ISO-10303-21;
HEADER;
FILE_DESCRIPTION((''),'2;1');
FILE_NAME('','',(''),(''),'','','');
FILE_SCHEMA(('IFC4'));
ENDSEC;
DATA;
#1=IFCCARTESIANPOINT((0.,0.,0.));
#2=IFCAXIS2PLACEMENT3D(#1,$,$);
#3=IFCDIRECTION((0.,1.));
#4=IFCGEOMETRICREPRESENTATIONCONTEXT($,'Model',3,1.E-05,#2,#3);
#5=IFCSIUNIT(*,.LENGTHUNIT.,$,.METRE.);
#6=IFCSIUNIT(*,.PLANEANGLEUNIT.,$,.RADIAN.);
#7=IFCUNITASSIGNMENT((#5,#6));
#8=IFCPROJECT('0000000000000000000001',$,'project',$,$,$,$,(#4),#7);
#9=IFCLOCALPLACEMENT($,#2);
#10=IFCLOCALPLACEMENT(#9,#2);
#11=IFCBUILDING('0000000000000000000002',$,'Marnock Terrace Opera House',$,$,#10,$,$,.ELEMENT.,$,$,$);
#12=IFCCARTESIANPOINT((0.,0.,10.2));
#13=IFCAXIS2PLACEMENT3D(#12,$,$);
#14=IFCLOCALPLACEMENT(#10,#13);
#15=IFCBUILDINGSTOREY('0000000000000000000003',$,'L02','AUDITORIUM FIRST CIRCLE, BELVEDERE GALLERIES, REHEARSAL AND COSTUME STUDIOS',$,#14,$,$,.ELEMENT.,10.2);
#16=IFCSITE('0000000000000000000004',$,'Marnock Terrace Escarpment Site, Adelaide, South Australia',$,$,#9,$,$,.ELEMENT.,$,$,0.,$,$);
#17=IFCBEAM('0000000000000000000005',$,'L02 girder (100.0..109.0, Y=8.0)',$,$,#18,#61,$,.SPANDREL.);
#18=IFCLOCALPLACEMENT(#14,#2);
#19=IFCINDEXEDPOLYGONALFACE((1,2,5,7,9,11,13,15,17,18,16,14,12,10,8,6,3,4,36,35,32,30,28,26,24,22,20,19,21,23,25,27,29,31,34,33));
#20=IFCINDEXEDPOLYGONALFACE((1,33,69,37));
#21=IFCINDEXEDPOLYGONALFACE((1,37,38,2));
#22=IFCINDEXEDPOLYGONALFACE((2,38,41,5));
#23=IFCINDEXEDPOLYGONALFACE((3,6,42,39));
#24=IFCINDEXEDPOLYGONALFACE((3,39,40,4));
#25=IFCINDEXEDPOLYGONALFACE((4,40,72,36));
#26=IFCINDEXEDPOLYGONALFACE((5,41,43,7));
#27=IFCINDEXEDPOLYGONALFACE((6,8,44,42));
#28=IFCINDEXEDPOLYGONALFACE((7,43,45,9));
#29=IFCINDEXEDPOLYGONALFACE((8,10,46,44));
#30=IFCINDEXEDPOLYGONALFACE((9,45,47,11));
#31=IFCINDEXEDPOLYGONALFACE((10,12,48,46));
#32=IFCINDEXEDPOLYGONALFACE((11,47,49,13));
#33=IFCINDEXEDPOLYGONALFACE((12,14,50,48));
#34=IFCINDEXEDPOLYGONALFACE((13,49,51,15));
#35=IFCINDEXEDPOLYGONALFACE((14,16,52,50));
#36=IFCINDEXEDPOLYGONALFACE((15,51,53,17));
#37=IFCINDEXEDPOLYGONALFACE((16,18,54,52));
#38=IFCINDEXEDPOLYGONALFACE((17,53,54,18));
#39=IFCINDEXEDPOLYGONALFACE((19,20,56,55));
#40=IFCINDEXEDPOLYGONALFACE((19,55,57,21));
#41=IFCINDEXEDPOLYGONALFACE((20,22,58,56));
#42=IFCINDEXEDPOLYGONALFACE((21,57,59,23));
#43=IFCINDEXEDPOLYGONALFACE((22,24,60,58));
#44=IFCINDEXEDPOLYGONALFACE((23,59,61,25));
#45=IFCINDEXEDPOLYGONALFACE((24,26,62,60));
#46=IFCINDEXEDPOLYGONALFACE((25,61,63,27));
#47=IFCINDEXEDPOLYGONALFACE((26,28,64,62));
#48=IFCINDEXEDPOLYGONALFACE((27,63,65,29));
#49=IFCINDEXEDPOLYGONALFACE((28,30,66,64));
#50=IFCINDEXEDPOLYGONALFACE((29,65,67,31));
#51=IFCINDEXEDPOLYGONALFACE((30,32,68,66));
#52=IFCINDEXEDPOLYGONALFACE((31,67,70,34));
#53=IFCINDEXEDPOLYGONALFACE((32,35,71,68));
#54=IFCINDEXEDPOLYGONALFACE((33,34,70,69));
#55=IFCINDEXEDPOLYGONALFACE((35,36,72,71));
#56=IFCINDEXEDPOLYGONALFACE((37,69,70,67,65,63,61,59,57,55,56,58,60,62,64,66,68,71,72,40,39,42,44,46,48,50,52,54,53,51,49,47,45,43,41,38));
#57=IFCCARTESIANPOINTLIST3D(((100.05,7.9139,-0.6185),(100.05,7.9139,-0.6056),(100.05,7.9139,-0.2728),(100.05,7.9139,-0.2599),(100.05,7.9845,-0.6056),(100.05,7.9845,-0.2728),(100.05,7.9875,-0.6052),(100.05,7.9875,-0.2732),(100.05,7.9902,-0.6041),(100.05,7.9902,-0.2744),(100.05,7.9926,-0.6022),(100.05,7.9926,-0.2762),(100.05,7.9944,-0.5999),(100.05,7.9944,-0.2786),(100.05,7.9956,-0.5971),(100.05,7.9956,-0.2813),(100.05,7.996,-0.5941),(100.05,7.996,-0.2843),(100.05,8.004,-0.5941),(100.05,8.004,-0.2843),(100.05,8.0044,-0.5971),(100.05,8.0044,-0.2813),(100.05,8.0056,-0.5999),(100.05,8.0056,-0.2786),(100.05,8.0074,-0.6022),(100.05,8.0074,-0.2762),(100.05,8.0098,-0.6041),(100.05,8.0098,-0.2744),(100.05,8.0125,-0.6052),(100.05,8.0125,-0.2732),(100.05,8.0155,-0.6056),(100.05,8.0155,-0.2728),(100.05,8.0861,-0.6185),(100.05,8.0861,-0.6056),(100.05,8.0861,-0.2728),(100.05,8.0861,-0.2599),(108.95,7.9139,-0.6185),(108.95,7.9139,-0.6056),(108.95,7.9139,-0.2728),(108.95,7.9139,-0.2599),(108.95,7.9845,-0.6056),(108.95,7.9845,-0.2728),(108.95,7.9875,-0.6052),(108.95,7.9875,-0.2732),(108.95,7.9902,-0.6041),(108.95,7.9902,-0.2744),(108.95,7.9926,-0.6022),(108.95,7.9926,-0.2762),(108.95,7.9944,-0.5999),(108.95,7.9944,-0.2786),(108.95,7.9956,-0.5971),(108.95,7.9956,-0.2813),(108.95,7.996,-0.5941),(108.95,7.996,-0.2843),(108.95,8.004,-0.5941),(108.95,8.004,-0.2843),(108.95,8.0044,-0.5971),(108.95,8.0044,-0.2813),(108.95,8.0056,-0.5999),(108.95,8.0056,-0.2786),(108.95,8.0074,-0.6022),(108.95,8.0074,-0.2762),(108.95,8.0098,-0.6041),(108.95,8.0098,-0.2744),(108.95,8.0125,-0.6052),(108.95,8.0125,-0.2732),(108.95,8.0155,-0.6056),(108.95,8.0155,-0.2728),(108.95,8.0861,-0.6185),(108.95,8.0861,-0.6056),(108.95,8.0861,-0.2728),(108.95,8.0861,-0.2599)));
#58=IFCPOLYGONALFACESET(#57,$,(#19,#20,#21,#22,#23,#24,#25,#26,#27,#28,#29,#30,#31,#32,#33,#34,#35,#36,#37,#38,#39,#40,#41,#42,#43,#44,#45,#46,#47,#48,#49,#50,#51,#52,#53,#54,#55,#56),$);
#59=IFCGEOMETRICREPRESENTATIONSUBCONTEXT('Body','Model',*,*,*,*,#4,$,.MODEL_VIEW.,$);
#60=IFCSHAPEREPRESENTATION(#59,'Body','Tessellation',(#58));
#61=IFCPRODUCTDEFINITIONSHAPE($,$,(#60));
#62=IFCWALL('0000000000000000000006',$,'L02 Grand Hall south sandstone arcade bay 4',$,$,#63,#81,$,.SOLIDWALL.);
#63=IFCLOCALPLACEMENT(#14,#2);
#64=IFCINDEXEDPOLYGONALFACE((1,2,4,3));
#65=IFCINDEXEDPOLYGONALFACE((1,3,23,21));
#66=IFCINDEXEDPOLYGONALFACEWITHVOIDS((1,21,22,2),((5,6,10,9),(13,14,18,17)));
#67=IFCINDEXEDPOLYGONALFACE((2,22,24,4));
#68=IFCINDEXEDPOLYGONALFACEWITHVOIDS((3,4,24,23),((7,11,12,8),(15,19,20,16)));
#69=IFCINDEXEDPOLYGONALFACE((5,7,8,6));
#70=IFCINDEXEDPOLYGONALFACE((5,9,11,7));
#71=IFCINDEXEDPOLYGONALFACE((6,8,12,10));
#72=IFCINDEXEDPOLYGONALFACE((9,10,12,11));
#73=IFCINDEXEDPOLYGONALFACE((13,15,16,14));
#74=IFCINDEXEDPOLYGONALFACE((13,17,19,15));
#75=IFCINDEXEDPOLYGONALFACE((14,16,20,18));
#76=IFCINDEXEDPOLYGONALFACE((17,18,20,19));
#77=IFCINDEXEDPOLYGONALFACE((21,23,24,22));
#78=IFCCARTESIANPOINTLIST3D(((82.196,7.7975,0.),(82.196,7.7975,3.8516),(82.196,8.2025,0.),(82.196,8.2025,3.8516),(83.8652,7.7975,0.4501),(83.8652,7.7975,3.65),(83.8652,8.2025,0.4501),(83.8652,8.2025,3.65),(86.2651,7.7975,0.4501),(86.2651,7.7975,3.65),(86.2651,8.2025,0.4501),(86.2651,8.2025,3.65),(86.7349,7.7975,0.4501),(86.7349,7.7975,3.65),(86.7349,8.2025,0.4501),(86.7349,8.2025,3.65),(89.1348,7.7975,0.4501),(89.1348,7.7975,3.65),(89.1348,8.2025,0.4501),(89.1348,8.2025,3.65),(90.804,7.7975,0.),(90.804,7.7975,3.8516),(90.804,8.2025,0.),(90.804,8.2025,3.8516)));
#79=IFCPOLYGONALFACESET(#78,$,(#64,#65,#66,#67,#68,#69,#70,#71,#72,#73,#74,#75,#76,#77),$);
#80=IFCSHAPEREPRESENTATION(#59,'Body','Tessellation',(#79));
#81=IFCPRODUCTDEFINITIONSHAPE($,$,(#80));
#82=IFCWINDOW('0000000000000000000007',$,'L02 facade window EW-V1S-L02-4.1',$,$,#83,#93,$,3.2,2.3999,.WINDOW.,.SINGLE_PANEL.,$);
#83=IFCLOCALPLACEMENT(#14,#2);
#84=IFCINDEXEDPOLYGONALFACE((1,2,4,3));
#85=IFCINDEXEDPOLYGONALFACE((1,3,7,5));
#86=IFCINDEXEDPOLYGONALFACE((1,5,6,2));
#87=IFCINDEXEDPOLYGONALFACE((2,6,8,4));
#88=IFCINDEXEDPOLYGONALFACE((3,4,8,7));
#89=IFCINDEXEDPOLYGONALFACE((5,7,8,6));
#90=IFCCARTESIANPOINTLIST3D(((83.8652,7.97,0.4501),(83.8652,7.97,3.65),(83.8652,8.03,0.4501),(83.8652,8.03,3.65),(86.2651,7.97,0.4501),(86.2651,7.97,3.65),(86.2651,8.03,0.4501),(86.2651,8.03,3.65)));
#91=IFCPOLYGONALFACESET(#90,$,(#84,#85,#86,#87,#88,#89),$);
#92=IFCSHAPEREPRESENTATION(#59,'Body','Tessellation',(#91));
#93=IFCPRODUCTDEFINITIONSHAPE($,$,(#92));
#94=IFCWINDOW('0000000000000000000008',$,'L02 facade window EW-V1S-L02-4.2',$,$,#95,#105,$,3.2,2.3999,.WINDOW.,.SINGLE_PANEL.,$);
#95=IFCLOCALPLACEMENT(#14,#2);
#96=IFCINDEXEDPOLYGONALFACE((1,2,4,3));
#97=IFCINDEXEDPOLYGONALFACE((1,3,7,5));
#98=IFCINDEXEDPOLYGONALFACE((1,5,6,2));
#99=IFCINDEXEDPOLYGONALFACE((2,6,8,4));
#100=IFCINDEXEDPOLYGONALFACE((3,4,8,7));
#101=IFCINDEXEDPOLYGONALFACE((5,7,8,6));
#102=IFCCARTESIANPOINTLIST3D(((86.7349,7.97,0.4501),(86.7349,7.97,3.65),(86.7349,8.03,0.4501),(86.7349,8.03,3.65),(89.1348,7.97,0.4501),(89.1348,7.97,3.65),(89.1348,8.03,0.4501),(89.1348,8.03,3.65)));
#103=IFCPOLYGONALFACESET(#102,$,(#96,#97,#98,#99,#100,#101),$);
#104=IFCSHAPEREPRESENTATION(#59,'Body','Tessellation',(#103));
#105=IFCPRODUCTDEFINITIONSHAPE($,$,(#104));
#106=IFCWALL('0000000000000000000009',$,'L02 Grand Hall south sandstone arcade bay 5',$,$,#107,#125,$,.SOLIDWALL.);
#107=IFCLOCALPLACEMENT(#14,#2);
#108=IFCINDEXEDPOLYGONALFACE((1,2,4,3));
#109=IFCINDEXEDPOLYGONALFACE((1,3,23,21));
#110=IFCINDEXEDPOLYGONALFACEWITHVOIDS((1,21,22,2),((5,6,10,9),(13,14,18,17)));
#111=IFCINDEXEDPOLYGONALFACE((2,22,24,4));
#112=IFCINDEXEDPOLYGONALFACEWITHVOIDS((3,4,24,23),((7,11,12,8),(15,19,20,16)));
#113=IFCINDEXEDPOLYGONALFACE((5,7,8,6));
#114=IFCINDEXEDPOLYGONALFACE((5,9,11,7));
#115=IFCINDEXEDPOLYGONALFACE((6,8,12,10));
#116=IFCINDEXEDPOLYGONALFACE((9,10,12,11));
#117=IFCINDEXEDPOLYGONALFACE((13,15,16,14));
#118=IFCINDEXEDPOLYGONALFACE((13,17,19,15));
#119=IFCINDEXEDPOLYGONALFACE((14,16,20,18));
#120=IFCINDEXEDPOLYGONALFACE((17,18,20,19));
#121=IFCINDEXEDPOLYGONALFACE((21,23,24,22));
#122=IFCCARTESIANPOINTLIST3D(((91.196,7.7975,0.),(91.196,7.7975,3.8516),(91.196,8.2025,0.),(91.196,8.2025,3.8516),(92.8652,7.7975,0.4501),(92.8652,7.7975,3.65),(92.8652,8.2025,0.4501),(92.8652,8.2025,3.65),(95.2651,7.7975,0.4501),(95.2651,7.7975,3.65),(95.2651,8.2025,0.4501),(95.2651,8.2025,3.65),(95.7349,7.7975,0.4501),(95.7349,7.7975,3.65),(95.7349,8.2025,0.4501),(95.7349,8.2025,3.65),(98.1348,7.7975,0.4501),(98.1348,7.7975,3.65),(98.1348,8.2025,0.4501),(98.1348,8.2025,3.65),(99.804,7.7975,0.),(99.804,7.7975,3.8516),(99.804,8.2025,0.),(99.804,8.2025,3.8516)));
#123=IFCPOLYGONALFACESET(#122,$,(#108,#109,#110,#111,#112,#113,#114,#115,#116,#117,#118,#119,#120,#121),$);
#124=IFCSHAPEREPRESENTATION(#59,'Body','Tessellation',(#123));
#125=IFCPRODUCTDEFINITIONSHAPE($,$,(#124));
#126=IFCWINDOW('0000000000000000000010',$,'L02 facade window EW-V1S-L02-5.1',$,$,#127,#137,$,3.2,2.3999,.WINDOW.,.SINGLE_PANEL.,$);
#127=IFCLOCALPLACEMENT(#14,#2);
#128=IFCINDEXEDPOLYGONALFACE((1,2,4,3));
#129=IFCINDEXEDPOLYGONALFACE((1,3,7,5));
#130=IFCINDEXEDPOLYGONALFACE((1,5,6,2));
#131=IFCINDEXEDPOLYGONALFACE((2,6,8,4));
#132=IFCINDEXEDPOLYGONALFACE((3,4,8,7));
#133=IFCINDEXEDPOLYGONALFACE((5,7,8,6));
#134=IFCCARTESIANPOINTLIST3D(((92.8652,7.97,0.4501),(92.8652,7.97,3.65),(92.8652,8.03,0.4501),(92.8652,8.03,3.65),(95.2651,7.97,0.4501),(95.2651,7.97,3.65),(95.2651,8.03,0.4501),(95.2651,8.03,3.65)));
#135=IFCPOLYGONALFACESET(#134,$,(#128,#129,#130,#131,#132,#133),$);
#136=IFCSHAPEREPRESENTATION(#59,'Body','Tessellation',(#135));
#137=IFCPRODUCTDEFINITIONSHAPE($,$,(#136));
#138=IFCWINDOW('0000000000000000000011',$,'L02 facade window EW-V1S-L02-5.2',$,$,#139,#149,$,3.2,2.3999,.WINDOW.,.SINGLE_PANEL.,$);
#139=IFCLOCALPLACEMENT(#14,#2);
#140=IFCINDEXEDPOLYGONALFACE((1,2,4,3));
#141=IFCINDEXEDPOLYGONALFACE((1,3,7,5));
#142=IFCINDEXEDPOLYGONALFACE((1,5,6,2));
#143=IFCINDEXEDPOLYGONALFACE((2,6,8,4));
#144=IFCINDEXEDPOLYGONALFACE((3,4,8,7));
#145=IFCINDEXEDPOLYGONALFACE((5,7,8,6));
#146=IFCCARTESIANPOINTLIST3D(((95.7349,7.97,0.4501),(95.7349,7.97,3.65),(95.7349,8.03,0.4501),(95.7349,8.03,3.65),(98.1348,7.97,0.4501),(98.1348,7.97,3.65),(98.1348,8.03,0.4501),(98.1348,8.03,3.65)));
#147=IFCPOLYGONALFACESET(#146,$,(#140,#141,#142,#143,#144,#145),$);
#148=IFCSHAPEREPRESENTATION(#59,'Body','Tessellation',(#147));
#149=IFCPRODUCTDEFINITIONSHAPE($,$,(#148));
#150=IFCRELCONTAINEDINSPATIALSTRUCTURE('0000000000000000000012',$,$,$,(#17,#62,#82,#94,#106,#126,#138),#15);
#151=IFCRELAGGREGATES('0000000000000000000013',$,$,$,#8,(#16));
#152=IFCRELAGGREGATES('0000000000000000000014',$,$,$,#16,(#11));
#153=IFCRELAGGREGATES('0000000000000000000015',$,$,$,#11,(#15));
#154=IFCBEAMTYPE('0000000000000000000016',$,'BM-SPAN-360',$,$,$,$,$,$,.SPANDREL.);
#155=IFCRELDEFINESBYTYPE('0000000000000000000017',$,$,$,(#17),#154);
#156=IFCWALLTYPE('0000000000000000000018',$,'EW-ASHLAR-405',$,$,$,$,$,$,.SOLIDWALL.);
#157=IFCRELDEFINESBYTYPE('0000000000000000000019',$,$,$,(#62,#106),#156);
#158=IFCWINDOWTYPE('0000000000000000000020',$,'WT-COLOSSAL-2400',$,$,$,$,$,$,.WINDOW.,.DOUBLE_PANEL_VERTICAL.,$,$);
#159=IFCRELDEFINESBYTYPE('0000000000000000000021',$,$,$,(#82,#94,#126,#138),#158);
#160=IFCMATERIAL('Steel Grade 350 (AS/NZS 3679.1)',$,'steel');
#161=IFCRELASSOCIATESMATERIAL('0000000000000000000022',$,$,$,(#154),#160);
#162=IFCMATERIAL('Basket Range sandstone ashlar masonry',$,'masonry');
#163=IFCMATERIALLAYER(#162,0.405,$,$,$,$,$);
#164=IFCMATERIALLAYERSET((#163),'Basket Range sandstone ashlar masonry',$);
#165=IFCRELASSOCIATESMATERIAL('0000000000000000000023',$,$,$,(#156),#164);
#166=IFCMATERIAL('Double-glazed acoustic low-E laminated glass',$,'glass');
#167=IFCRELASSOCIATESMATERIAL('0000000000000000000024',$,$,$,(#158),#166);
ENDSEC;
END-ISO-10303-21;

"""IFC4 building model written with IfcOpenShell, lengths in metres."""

from ifc_helpers import new_model, si_unit, direction, frame, frame_2d, origin, origin_2d, place, context, subcontext, project, spatial, rectangle, i_section, extrude, material, layer, layer_set, material_profile, profile_set, type_object, element, fill, save


model = new_model("IFC4")

# Units and contexts
model_context = context("Model", 3, precision=1e-05, world=origin(), true_north=direction((0.0, 1.0)))
body_context = subcontext(model_context, "Body", "Model", "MODEL_VIEW")
ifc_project = project(units=[si_unit("LENGTHUNIT", "METRE"), si_unit("PLANEANGLEUNIT", "RADIAN")], contexts=[model_context])

# Site, building, storey
site_placement = place(None, origin())
site = spatial("IfcSite", under=ifc_project, at=site_placement, Name="Marnock Terrace Escarpment Site, Adelaide, South Australia", CompositionType="ELEMENT", RefElevation=0.0)
building_placement = place(site_placement, origin())
building = spatial("IfcBuilding", under=site, at=building_placement, Name="Marnock Terrace Opera House", CompositionType="ELEMENT")
storey_placement = place(building_placement, frame((0.0, 0.0, 10.2)))
storey = spatial("IfcBuildingStorey", under=building, at=storey_placement, Name="L02", Description="AUDITORIUM FIRST CIRCLE, BELVEDERE GALLERIES, REHEARSAL AND COSTUME STUDIOS", CompositionType="ELEMENT", Elevation=10.2)

# Beam
ifc_material_1 = material(Name="Steel Grade 350 (AS/NZS 3679.1)", Category="steel")
ifc_material_profile_1 = material_profile(ifc_material_1, i_section(OverallWidth=0.1721, OverallDepth=0.3586, WebThickness=0.0081, FlangeThickness=0.0129, FilletRadius=0.0115, at=origin_2d()))
ifc_profile_set_1 = profile_set([ifc_material_profile_1], Name="Steel Grade 350 (AS/NZS 3679.1)")
beam_type_1 = type_object("IfcBeamType", Name="BM-SPAN-360", PredefinedType="SPANDREL", material=ifc_profile_set_1)
for number, where, z_axis, x_axis, name in (
    (1, (100.05, 8.0, -0.4392), (1.0, 0.0, 0.0), (0.0, 1.0, 0.0), "L02 girder (100.0..109.0, Y=8.0)"),
):
    element("IfcBeam", number, at=place(storey_placement, frame(where, z_axis=z_axis, x_axis=x_axis)), inside=storey, type_object=beam_type_1, Name=name, PredefinedType="SPANDREL", context=body_context, shape_type="SweptSolid", body=[
        extrude(i_section(OverallWidth=0.1721, OverallDepth=0.3586, WebThickness=0.0081, FlangeThickness=0.0129, FilletRadius=0.0115, at=origin_2d()), origin(), (0.0, 0.0, 1.0), 8.8999),
    ])

# Walls, openings, windows
ifc_material_2 = material(Name="Basket Range sandstone ashlar masonry", Category="masonry")
ifc_layer = layer(ifc_material_2, 0.405)
ifc_layer_set = layer_set([ifc_layer], Name="Basket Range sandstone ashlar masonry")
wall_type = type_object("IfcWallType", Name="EW-ASHLAR-405", PredefinedType="SOLIDWALL", material=ifc_layer_set)
wall_1_placement = place(storey_placement, frame((82.196, 8.0, 0.0), z_axis=(0.0, 0.0, 1.0), x_axis=(1.0, 0.0, 0.0)))
wall_1 = element("IfcWall", 2, at=wall_1_placement, inside=storey, type_object=wall_type, Name="L02 Grand Hall south sandstone arcade bay 4", PredefinedType="SOLIDWALL", context=body_context, shape_type="SweptSolid", body=[
    extrude(rectangle(XDim=8.6079, YDim=0.405, at=frame_2d((4.304, 0.0))), origin(), (0.0, 0.0, 1.0), 3.8516),
])
opening_1_placement = place(wall_1_placement, frame((1.6692, 0.0, 0.45)))
opening_1 = element("IfcOpeningElement", 3, at=opening_1_placement, cuts=wall_1, PredefinedType="OPENING", context=body_context, shape_type="SweptSolid", body=[
    extrude(rectangle(XDim=2.3999, YDim=3.2, at=frame_2d((1.2, 1.6001))), frame((0.0, 0.2124, 0.0), z_axis=(0.0, -1.0, 0.0), x_axis=(1.0, 0.0, 0.0)), (0.0, 0.0, 1.0), 0.425),
])
opening_2_placement = place(wall_1_placement, frame((4.5388, 0.0, 0.45)))
opening_2 = element("IfcOpeningElement", 4, at=opening_2_placement, cuts=wall_1, PredefinedType="OPENING", context=body_context, shape_type="SweptSolid", body=[
    extrude(rectangle(XDim=2.3999, YDim=3.2, at=frame_2d((1.2, 1.6001))), frame((0.0, 0.2124, 0.0), z_axis=(0.0, -1.0, 0.0), x_axis=(1.0, 0.0, 0.0)), (0.0, 0.0, 1.0), 0.425),
])
ifc_material_3 = material(Name="Double-glazed acoustic low-E laminated glass", Category="glass")
window_type = type_object("IfcWindowType", Name="WT-COLOSSAL-2400", PartitioningType="DOUBLE_PANEL_VERTICAL", PredefinedType="WINDOW", material=ifc_material_3)
window_1_placement = place(opening_1_placement, origin())
window_1 = element("IfcWindow", 5, at=window_1_placement, inside=storey, type_object=window_type, Name="L02 facade window EW-V1S-L02-4.1", OverallHeight=3.2, OverallWidth=2.3999, PartitioningType="SINGLE_PANEL", PredefinedType="WINDOW", context=body_context, shape_type="SweptSolid", body=[
    extrude(rectangle(XDim=2.3999, YDim=3.2, at=frame_2d((1.2, 1.6001))), frame((0.0, 0.03, 0.0), z_axis=(0.0, -1.0, 0.0), x_axis=(1.0, 0.0, 0.0)), (0.0, 0.0, 1.0), 0.0601),
])
fill(opening_1, window_1)
window_2_placement = place(opening_2_placement, origin())
window_2 = element("IfcWindow", 6, at=window_2_placement, inside=storey, type_object=window_type, Name="L02 facade window EW-V1S-L02-4.2", OverallHeight=3.2, OverallWidth=2.3999, PartitioningType="SINGLE_PANEL", PredefinedType="WINDOW", context=body_context, shape_type="SweptSolid", body=[
    extrude(rectangle(XDim=2.3999, YDim=3.2, at=frame_2d((1.2, 1.6001))), frame((0.0, 0.03, 0.0), z_axis=(0.0, -1.0, 0.0), x_axis=(1.0, 0.0, 0.0)), (0.0, 0.0, 1.0), 0.0601),
])
fill(opening_2, window_2)
wall_2_placement = place(storey_placement, frame((91.196, 8.0, 0.0), z_axis=(0.0, 0.0, 1.0), x_axis=(1.0, 0.0, 0.0)))
wall_2 = element("IfcWall", 7, at=wall_2_placement, inside=storey, type_object=wall_type, Name="L02 Grand Hall south sandstone arcade bay 5", PredefinedType="SOLIDWALL", context=body_context, shape_type="SweptSolid", body=[
    extrude(rectangle(XDim=8.6079, YDim=0.405, at=frame_2d((4.304, 0.0))), origin(), (0.0, 0.0, 1.0), 3.8516),
])
opening_3_placement = place(wall_2_placement, frame((1.6692, 0.0, 0.45)))
opening_3 = element("IfcOpeningElement", 8, at=opening_3_placement, cuts=wall_2, PredefinedType="OPENING", context=body_context, shape_type="SweptSolid", body=[
    extrude(rectangle(XDim=2.3999, YDim=3.2, at=frame_2d((1.2, 1.6001))), frame((0.0, 0.2124, 0.0), z_axis=(0.0, -1.0, 0.0), x_axis=(1.0, 0.0, 0.0)), (0.0, 0.0, 1.0), 0.425),
])
opening_4_placement = place(wall_2_placement, frame((4.5388, 0.0, 0.45)))
opening_4 = element("IfcOpeningElement", 9, at=opening_4_placement, cuts=wall_2, PredefinedType="OPENING", context=body_context, shape_type="SweptSolid", body=[
    extrude(rectangle(XDim=2.3999, YDim=3.2, at=frame_2d((1.2, 1.6001))), frame((0.0, 0.2124, 0.0), z_axis=(0.0, -1.0, 0.0), x_axis=(1.0, 0.0, 0.0)), (0.0, 0.0, 1.0), 0.425),
])
window_3_placement = place(opening_3_placement, origin())
window_3 = element("IfcWindow", 10, at=window_3_placement, inside=storey, type_object=window_type, Name="L02 facade window EW-V1S-L02-5.1", OverallHeight=3.2, OverallWidth=2.3999, PartitioningType="SINGLE_PANEL", PredefinedType="WINDOW", context=body_context, shape_type="SweptSolid", body=[
    extrude(rectangle(XDim=2.3999, YDim=3.2, at=frame_2d((1.2, 1.6001))), frame((0.0, 0.03, 0.0), z_axis=(0.0, -1.0, 0.0), x_axis=(1.0, 0.0, 0.0)), (0.0, 0.0, 1.0), 0.0601),
])
fill(opening_3, window_3)
window_4_placement = place(opening_4_placement, origin())
window_4 = element("IfcWindow", 11, at=window_4_placement, inside=storey, type_object=window_type, Name="L02 facade window EW-V1S-L02-5.2", OverallHeight=3.2, OverallWidth=2.3999, PartitioningType="SINGLE_PANEL", PredefinedType="WINDOW", context=body_context, shape_type="SweptSolid", body=[
    extrude(rectangle(XDim=2.3999, YDim=3.2, at=frame_2d((1.2, 1.6001))), frame((0.0, 0.03, 0.0), z_axis=(0.0, -1.0, 0.0), x_axis=(1.0, 0.0, 0.0)), (0.0, 0.0, 1.0), 0.0601),
])
fill(opening_4, window_4)

save(model, "model.ifc")
